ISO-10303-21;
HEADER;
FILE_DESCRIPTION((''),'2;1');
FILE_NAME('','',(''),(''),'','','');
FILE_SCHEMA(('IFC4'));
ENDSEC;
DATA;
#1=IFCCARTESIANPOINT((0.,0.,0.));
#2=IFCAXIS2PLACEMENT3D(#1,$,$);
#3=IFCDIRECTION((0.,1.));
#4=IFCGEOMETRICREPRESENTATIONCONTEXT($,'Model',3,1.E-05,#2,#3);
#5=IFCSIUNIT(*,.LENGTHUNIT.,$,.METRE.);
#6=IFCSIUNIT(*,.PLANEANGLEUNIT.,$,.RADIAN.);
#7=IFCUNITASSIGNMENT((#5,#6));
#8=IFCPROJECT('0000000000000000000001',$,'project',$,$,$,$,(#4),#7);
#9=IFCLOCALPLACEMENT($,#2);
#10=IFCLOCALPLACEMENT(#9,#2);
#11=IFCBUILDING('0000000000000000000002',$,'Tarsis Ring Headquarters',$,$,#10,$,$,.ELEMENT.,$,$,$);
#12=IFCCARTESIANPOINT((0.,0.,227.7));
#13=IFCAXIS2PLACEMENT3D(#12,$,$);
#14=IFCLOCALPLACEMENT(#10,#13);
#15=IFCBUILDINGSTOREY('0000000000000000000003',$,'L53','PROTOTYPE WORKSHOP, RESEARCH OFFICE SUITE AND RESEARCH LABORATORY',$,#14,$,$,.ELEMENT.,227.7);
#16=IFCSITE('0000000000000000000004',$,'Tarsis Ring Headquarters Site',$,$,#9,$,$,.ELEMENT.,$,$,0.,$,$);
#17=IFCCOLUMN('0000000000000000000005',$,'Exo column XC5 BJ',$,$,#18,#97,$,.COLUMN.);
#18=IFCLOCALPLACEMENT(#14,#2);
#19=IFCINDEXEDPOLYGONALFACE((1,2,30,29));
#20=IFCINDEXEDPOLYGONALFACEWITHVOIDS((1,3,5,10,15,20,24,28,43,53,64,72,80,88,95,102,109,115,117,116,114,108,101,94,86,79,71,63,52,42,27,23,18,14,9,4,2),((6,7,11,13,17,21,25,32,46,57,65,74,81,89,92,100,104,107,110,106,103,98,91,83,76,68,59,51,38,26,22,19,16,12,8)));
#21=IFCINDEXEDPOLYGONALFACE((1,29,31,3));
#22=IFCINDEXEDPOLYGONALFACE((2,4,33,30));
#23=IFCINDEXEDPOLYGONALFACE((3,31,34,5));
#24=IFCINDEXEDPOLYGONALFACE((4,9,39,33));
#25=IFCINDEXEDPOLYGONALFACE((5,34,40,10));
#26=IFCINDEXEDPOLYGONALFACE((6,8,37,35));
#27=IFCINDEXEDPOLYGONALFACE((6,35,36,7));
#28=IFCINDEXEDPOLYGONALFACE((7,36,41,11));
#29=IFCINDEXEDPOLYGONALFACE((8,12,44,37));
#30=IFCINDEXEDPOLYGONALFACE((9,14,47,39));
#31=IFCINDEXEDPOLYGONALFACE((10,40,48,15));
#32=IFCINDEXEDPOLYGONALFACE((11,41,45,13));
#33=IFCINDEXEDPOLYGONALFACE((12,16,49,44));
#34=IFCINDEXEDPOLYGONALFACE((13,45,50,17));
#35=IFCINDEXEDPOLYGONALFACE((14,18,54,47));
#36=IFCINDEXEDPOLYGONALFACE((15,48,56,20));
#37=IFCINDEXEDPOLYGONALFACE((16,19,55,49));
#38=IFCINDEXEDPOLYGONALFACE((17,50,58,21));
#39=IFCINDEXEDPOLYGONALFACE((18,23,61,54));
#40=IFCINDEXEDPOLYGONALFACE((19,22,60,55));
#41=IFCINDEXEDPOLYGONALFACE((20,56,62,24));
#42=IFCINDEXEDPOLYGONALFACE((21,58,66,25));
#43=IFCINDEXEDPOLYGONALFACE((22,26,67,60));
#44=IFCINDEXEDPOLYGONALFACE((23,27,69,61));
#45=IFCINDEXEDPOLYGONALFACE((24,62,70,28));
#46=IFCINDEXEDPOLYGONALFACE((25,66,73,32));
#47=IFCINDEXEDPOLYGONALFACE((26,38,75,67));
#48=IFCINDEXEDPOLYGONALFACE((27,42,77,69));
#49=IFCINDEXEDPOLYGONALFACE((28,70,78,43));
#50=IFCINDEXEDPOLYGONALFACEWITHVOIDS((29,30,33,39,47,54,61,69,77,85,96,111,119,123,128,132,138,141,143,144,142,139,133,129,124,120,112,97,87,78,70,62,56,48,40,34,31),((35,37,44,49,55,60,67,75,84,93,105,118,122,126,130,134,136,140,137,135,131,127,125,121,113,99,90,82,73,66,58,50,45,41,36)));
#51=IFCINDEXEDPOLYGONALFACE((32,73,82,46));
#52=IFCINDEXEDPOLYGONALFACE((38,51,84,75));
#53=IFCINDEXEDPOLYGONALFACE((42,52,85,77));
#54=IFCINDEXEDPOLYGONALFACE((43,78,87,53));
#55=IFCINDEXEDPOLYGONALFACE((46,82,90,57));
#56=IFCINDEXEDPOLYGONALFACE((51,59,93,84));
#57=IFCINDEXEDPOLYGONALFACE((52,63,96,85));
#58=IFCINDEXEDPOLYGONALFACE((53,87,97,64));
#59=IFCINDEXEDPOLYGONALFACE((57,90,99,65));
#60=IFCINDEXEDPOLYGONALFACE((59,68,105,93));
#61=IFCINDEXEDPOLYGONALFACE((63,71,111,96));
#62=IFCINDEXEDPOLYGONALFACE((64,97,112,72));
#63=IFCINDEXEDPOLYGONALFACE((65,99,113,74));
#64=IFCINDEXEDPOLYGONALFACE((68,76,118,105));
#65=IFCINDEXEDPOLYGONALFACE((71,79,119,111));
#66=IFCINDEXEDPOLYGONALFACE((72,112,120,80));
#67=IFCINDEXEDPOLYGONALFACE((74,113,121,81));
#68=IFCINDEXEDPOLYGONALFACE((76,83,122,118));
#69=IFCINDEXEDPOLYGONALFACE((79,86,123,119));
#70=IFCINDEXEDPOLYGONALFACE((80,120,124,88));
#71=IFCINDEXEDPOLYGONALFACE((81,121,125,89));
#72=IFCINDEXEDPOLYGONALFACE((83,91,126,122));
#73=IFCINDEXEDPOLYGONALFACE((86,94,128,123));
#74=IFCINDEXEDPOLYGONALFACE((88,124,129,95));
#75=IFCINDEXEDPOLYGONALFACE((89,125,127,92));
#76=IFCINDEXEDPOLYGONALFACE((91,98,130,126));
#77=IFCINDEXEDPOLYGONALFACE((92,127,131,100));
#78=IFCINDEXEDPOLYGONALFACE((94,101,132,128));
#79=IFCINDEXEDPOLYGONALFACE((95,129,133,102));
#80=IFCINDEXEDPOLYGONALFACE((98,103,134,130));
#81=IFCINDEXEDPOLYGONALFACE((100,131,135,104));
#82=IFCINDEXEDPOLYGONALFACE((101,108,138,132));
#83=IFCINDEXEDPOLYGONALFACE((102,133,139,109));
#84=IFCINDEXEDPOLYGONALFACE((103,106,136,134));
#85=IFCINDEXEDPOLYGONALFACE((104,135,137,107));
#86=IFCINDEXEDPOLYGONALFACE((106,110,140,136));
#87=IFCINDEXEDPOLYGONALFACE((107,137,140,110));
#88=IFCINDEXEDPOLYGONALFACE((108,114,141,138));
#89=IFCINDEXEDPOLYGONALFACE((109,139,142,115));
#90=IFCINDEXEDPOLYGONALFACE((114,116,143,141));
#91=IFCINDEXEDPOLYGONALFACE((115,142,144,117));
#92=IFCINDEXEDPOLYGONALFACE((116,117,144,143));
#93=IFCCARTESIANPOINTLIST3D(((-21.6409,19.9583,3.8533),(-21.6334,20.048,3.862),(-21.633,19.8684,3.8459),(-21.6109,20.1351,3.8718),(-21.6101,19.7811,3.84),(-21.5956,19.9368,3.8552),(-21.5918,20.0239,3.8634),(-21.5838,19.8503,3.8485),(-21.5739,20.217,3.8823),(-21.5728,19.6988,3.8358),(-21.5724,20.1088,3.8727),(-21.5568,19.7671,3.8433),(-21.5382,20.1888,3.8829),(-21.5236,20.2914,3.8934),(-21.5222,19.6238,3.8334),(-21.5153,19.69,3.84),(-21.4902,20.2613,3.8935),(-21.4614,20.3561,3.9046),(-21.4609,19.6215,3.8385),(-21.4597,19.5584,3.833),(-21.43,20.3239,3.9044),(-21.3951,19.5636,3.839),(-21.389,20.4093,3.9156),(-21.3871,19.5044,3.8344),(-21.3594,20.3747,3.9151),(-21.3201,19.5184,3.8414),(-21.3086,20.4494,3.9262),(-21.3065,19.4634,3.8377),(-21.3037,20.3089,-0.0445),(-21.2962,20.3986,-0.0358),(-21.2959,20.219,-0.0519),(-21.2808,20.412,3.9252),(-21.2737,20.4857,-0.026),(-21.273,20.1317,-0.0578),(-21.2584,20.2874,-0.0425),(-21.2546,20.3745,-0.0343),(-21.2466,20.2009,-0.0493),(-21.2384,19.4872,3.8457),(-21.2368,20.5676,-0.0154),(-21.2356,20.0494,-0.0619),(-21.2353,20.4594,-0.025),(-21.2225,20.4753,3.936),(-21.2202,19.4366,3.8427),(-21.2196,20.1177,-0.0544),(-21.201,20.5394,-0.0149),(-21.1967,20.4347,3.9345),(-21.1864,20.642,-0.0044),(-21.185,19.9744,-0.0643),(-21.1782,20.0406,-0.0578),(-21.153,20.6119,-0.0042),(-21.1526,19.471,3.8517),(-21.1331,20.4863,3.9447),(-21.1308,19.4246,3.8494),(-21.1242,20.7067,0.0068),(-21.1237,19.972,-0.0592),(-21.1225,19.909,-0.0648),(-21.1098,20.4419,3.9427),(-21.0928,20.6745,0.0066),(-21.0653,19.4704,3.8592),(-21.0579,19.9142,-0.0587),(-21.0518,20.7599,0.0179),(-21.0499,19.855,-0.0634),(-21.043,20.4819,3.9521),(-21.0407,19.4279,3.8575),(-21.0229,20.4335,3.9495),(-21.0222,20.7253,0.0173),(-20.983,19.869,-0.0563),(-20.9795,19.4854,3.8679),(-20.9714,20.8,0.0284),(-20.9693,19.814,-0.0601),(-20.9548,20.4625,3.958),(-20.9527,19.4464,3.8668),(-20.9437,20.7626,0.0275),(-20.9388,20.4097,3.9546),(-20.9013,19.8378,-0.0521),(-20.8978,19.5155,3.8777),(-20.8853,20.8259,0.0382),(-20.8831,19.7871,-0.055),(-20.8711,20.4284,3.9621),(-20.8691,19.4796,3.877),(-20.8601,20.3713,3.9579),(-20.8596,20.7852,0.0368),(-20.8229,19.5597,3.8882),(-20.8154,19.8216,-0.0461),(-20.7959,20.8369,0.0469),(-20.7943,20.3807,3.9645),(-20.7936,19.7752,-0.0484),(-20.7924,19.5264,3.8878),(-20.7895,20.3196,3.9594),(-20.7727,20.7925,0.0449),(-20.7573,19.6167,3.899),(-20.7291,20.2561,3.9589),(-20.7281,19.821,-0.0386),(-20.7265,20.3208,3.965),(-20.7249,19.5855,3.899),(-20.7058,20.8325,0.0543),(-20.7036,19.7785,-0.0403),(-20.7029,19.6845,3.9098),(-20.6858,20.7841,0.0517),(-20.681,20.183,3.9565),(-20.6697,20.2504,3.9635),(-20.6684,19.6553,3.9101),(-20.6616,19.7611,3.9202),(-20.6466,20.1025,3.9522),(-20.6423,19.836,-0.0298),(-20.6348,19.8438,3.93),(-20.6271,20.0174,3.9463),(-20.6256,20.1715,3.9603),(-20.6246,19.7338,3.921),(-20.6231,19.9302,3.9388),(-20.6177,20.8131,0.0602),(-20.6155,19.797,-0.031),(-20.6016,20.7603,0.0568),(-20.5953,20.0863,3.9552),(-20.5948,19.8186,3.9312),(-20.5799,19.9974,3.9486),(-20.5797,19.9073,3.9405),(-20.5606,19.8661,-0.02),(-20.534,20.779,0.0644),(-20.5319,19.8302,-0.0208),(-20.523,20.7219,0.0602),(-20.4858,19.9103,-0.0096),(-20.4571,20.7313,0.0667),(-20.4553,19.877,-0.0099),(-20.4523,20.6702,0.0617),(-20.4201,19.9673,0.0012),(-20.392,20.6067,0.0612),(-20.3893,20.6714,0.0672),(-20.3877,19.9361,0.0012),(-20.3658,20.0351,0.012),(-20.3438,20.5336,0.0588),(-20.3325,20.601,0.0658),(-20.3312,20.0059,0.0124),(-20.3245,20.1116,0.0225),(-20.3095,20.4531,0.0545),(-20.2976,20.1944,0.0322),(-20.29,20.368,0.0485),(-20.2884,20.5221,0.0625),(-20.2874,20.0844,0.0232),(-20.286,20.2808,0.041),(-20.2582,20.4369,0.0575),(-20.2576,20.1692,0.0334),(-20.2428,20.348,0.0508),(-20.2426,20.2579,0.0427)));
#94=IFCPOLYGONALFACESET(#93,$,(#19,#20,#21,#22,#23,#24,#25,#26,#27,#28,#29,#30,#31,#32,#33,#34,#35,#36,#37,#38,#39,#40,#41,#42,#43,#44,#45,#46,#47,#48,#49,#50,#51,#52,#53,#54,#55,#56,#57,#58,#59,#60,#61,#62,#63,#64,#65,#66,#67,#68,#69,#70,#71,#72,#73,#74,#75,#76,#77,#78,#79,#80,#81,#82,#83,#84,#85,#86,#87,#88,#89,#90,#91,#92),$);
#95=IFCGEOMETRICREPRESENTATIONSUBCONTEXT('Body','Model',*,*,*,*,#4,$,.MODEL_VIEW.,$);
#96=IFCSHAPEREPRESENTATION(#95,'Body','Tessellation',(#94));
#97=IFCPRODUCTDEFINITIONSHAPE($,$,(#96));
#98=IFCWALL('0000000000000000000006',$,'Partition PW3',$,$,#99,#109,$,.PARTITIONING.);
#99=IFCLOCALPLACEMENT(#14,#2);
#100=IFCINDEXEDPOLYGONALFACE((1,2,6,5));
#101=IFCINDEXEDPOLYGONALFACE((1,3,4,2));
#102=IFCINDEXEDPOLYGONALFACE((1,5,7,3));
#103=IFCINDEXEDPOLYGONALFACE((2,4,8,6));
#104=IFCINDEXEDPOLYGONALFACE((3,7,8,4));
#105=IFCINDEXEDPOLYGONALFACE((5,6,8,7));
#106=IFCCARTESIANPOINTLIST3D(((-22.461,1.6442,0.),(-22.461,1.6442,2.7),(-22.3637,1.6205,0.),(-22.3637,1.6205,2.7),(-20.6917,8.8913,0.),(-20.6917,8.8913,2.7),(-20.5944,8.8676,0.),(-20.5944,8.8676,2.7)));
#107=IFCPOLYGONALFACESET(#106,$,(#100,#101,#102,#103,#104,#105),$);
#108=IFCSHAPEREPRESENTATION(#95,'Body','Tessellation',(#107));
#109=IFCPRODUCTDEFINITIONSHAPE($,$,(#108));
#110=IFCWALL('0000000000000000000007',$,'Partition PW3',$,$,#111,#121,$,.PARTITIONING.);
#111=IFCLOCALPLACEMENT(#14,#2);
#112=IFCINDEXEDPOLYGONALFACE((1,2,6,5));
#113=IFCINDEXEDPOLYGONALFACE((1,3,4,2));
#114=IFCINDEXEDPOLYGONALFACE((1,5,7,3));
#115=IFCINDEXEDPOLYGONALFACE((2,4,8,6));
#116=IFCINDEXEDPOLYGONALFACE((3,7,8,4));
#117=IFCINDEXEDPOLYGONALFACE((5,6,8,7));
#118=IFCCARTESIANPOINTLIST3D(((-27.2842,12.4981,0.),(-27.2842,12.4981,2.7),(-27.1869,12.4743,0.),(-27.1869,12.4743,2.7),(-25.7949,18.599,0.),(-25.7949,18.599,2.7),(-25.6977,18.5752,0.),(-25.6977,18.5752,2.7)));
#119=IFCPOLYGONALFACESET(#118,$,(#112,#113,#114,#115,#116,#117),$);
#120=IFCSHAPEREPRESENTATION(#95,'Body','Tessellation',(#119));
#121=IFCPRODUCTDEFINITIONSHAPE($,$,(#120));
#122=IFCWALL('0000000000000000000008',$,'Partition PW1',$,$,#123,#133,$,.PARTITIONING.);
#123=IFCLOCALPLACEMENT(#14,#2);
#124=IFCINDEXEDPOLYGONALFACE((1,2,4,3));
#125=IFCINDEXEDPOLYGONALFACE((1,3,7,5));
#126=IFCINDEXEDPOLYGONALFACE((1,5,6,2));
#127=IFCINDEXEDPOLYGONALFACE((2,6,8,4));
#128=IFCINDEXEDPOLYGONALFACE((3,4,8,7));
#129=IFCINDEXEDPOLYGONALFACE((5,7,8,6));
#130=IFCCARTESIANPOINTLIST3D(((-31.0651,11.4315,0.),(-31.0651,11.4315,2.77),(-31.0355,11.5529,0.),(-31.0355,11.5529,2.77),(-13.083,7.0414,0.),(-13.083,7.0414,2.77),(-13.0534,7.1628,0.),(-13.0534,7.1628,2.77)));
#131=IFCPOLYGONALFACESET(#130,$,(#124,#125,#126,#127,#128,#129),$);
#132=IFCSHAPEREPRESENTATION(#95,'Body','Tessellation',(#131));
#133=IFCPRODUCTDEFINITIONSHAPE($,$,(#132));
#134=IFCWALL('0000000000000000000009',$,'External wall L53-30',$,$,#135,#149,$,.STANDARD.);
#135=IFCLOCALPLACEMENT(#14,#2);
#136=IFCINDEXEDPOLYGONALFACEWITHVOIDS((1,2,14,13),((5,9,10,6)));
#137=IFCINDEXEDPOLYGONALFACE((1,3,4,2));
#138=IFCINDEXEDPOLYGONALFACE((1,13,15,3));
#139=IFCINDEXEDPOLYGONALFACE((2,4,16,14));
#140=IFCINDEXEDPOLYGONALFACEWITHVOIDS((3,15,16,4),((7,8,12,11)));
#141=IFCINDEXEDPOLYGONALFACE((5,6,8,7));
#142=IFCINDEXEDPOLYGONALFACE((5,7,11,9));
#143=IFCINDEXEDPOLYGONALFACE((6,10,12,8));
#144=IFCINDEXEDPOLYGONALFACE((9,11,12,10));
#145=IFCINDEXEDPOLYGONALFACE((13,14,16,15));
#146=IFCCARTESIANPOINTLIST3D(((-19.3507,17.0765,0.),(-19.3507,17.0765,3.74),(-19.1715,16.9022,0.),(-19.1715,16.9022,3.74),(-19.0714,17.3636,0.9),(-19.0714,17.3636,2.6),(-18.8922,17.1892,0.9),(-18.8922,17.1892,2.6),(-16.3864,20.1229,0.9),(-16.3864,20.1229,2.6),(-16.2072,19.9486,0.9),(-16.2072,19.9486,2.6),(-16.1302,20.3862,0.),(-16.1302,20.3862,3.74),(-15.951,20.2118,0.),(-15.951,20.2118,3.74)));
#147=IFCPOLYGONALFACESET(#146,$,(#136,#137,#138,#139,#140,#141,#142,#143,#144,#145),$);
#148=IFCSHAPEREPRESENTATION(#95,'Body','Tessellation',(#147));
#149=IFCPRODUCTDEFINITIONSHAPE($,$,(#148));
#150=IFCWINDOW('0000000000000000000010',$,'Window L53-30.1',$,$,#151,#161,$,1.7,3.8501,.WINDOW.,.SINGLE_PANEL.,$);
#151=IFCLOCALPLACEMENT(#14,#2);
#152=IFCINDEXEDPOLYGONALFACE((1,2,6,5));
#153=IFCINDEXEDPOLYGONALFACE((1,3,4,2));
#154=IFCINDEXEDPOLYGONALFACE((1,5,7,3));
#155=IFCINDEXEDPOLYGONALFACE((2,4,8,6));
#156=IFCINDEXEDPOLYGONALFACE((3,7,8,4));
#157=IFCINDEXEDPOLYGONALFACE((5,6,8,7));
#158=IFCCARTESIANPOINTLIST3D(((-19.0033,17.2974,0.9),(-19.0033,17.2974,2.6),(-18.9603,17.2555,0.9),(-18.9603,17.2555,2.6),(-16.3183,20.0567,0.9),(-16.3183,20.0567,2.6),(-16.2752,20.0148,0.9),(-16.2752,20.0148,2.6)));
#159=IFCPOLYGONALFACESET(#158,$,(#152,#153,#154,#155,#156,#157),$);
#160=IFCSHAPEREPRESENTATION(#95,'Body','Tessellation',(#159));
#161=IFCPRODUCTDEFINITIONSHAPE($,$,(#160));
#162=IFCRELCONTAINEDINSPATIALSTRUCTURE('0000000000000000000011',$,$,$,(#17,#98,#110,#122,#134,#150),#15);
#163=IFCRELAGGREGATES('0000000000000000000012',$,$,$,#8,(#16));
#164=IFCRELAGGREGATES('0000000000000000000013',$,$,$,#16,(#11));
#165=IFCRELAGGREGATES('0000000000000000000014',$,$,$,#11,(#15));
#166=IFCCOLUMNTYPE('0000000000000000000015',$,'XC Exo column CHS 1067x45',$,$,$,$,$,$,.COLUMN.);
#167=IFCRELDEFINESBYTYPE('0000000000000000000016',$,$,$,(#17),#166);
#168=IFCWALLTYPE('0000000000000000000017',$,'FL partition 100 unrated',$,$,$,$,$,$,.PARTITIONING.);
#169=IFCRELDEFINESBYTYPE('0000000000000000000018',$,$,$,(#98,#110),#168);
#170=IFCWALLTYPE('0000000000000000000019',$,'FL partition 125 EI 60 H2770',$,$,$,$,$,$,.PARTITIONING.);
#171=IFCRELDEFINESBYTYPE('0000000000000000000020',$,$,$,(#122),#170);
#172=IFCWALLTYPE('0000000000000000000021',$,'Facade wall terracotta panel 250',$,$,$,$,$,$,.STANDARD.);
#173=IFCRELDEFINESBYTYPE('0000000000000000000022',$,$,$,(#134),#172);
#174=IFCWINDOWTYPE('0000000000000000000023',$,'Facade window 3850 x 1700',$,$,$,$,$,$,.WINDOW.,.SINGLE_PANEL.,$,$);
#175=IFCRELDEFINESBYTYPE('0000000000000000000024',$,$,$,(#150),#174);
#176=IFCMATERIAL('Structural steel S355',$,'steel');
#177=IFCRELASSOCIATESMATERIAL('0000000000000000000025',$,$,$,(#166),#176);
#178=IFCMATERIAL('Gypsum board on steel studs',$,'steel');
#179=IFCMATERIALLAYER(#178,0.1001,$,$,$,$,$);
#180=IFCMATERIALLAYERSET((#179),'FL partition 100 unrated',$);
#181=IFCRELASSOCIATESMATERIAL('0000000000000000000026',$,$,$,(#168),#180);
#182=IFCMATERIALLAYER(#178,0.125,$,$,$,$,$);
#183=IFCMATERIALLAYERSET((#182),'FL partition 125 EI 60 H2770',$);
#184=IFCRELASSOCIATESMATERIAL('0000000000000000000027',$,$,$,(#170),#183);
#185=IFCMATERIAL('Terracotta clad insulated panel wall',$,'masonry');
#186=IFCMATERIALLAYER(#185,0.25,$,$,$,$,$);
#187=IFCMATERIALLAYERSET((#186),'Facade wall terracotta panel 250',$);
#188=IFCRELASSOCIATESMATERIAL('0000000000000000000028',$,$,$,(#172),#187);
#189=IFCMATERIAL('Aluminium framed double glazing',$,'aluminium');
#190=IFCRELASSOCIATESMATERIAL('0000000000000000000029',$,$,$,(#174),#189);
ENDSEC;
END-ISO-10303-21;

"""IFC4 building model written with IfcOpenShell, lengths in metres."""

from ifc_helpers import new_model, si_unit, direction, frame, frame_2d, origin, origin_2d, place, context, subcontext, project, spatial, rectangle, hollow_circle, extrude, material, layer, layer_set, material_profile, profile_set, type_object, element, fill, save


model = new_model("IFC4")

# Units and contexts
model_context = context("Model", 3, precision=1e-05, world=origin(), true_north=direction((0.0, 1.0)))
body_context = subcontext(model_context, "Body", "Model", "MODEL_VIEW")
ifc_project = project(units=[si_unit("LENGTHUNIT", "METRE"), si_unit("PLANEANGLEUNIT", "RADIAN")], contexts=[model_context])

# Site, building, storey
site_placement = place(None, origin())
site = spatial("IfcSite", under=ifc_project, at=site_placement, Name="Tarsis Ring Headquarters Site", CompositionType="ELEMENT", RefElevation=0.0)
building_placement = place(site_placement, origin())
building = spatial("IfcBuilding", under=site, at=building_placement, Name="Tarsis Ring Headquarters", CompositionType="ELEMENT")
storey_placement = place(building_placement, frame((0.0, 0.0, 227.7)))
storey = spatial("IfcBuildingStorey", under=building, at=storey_placement, Name="L53", Description="PROTOTYPE WORKSHOP, RESEARCH OFFICE SUITE AND RESEARCH LABORATORY", CompositionType="ELEMENT", Elevation=227.7)

# Column
ifc_material_1 = material(Name="Structural steel S355", Category="steel")
ifc_material_profile = material_profile(ifc_material_1, hollow_circle(Radius=0.5334, WallThickness=0.0449, at=origin_2d()), Name="CHS 1067x45")
ifc_profile_set = profile_set([ifc_material_profile], Name="Structural steel S355")
column_type = type_object("IfcColumnType", Name="XC Exo column CHS 1067x45", PredefinedType="COLUMN", material=ifc_profile_set)
column_placement = place(storey_placement, frame((-20.7722, 20.3059, 0.0012), z_axis=(-0.085836, -0.089254, 0.992303), x_axis=(0.720775, -0.693169, 0.0)))
element("IfcColumn", 1, at=column_placement, inside=storey, type_object=column_type, Name="Exo column XC5 BJ", PredefinedType="COLUMN", context=body_context, shape_type="SweptSolid", body=[
    extrude(hollow_circle(Radius=0.5334, WallThickness=0.0449, at=origin_2d()), origin(), (0.0, 0.0, 1.0), 3.928),
])

# Walls
ifc_material_2 = material(Name="Gypsum board on steel studs", Category="steel")
ifc_layer_1 = layer(ifc_material_2, 0.1001)
ifc_layer_set_1 = layer_set([ifc_layer_1], Name="FL partition 100 unrated")
wall_type_1 = type_object("IfcWallType", Name="FL partition 100 unrated", PredefinedType="PARTITIONING", material=ifc_layer_set_1)
wall_1_placement = place(storey_placement, frame((-22.4124, 1.6323, 0.0), z_axis=(0.0, 0.0, 1.0), x_axis=(0.237172, 0.971468, 0.0)))
element("IfcWall", 2, at=wall_1_placement, inside=storey, type_object=wall_type_1, Name="Partition PW3", PredefinedType="PARTITIONING", context=body_context, shape_type="SweptSolid", body=[
    extrude(rectangle(XDim=7.46, YDim=0.1001, at=frame_2d((3.73, 0.0))), origin(), (0.0, 0.0, 1.0), 2.7),
])
wall_2_placement = place(storey_placement, frame((-27.2356, 12.4861, 0.0), z_axis=(0.0, 0.0, 1.0), x_axis=(0.237144, 0.971474, 0.0)))
element("IfcWall", 3, at=wall_2_placement, inside=storey, type_object=wall_type_1, Name="Partition PW3", PredefinedType="PARTITIONING", context=body_context, shape_type="SweptSolid", body=[
    extrude(rectangle(XDim=6.28, YDim=0.1001, at=frame_2d((3.1401, 0.0))), origin(), (0.0, 0.0, 1.0), 2.7),
])
ifc_layer_2 = layer(ifc_material_2, 0.125)
ifc_layer_set_2 = layer_set([ifc_layer_2], Name="FL partition 125 EI 60 H2770")
wall_type_2 = type_object("IfcWallType", Name="FL partition 125 EI 60 H2770", PredefinedType="PARTITIONING", material=ifc_layer_set_2)
wall_3_placement = place(storey_placement, frame((-31.0503, 11.4922, 0.0), z_axis=(0.0, 0.0, 1.0), x_axis=(0.971468, -0.237172, 0.0)))
element("IfcWall", 4, at=wall_3_placement, inside=storey, type_object=wall_type_2, Name="Partition PW1", PredefinedType="PARTITIONING", context=body_context, shape_type="SweptSolid", body=[
    extrude(rectangle(XDim=18.5103, YDim=0.125, at=frame_2d((9.2551, 0.0))), origin(), (0.0, 0.0, 1.0), 2.77),
])

# Wall, opening, window
ifc_material_3 = material(Name="Terracotta clad insulated panel wall", Category="masonry")
ifc_layer_3 = layer(ifc_material_3, 0.25)
ifc_layer_set_3 = layer_set([ifc_layer_3], Name="Facade wall terracotta panel 250")
wall_type_3 = type_object("IfcWallType", Name="Facade wall terracotta panel 250", PredefinedType="STANDARD", material=ifc_layer_set_3)
wall_4_placement = place(storey_placement, frame((-16.0405, 20.2991, 0.0), z_axis=(0.0, 0.0, 1.0), x_axis=(-0.697392, -0.71669, 0.0)))
wall_4 = element("IfcWall", 5, at=wall_4_placement, inside=storey, type_object=wall_type_3, Name="External wall L53-30", PredefinedType="STANDARD", context=body_context, shape_type="SweptSolid", body=[
    extrude(rectangle(XDim=4.6179, YDim=0.25, at=frame_2d((2.3091, 0.0))), origin(), (0.0, 0.0, 1.0), 3.74),
])
opening_1_placement = place(wall_4_placement, frame((0.3674, 0.0, 0.8999)))
opening_1 = element("IfcOpeningElement", 6, at=opening_1_placement, cuts=wall_4, PredefinedType="OPENING", context=body_context, shape_type="SweptSolid", body=[
    extrude(rectangle(XDim=3.8501, YDim=1.7, at=frame_2d((1.925, 0.8501))), frame((0.0, 0.135, 0.0), z_axis=(0.0, -1.0, 0.0), x_axis=(1.0, 0.0, 0.0)), (0.0, 0.0, 1.0), 0.27),
])
ifc_material_4 = material(Name="Aluminium framed double glazing", Category="aluminium")
window_type_1 = type_object("IfcWindowType", Name="Facade window 3850 x 1700", PartitioningType="SINGLE_PANEL", PredefinedType="WINDOW", material=ifc_material_4)
window_1_placement = place(opening_1_placement, origin())
window_1 = element("IfcWindow", 7, at=window_1_placement, inside=storey, type_object=window_type_1, Name="Window L53-30.1", OverallHeight=1.7, OverallWidth=3.8501, PartitioningType="SINGLE_PANEL", PredefinedType="WINDOW", context=body_context, shape_type="SweptSolid", body=[
    extrude(rectangle(XDim=3.8501, YDim=1.7, at=frame_2d((1.925, 0.8501))), frame((0.0, 0.03, 0.0), z_axis=(0.0, -1.0, 0.0), x_axis=(1.0, 0.0, 0.0)), (0.0, 0.0, 1.0), 0.0601),
])
fill(opening_1, window_1)

save(model, "model.ifc")
